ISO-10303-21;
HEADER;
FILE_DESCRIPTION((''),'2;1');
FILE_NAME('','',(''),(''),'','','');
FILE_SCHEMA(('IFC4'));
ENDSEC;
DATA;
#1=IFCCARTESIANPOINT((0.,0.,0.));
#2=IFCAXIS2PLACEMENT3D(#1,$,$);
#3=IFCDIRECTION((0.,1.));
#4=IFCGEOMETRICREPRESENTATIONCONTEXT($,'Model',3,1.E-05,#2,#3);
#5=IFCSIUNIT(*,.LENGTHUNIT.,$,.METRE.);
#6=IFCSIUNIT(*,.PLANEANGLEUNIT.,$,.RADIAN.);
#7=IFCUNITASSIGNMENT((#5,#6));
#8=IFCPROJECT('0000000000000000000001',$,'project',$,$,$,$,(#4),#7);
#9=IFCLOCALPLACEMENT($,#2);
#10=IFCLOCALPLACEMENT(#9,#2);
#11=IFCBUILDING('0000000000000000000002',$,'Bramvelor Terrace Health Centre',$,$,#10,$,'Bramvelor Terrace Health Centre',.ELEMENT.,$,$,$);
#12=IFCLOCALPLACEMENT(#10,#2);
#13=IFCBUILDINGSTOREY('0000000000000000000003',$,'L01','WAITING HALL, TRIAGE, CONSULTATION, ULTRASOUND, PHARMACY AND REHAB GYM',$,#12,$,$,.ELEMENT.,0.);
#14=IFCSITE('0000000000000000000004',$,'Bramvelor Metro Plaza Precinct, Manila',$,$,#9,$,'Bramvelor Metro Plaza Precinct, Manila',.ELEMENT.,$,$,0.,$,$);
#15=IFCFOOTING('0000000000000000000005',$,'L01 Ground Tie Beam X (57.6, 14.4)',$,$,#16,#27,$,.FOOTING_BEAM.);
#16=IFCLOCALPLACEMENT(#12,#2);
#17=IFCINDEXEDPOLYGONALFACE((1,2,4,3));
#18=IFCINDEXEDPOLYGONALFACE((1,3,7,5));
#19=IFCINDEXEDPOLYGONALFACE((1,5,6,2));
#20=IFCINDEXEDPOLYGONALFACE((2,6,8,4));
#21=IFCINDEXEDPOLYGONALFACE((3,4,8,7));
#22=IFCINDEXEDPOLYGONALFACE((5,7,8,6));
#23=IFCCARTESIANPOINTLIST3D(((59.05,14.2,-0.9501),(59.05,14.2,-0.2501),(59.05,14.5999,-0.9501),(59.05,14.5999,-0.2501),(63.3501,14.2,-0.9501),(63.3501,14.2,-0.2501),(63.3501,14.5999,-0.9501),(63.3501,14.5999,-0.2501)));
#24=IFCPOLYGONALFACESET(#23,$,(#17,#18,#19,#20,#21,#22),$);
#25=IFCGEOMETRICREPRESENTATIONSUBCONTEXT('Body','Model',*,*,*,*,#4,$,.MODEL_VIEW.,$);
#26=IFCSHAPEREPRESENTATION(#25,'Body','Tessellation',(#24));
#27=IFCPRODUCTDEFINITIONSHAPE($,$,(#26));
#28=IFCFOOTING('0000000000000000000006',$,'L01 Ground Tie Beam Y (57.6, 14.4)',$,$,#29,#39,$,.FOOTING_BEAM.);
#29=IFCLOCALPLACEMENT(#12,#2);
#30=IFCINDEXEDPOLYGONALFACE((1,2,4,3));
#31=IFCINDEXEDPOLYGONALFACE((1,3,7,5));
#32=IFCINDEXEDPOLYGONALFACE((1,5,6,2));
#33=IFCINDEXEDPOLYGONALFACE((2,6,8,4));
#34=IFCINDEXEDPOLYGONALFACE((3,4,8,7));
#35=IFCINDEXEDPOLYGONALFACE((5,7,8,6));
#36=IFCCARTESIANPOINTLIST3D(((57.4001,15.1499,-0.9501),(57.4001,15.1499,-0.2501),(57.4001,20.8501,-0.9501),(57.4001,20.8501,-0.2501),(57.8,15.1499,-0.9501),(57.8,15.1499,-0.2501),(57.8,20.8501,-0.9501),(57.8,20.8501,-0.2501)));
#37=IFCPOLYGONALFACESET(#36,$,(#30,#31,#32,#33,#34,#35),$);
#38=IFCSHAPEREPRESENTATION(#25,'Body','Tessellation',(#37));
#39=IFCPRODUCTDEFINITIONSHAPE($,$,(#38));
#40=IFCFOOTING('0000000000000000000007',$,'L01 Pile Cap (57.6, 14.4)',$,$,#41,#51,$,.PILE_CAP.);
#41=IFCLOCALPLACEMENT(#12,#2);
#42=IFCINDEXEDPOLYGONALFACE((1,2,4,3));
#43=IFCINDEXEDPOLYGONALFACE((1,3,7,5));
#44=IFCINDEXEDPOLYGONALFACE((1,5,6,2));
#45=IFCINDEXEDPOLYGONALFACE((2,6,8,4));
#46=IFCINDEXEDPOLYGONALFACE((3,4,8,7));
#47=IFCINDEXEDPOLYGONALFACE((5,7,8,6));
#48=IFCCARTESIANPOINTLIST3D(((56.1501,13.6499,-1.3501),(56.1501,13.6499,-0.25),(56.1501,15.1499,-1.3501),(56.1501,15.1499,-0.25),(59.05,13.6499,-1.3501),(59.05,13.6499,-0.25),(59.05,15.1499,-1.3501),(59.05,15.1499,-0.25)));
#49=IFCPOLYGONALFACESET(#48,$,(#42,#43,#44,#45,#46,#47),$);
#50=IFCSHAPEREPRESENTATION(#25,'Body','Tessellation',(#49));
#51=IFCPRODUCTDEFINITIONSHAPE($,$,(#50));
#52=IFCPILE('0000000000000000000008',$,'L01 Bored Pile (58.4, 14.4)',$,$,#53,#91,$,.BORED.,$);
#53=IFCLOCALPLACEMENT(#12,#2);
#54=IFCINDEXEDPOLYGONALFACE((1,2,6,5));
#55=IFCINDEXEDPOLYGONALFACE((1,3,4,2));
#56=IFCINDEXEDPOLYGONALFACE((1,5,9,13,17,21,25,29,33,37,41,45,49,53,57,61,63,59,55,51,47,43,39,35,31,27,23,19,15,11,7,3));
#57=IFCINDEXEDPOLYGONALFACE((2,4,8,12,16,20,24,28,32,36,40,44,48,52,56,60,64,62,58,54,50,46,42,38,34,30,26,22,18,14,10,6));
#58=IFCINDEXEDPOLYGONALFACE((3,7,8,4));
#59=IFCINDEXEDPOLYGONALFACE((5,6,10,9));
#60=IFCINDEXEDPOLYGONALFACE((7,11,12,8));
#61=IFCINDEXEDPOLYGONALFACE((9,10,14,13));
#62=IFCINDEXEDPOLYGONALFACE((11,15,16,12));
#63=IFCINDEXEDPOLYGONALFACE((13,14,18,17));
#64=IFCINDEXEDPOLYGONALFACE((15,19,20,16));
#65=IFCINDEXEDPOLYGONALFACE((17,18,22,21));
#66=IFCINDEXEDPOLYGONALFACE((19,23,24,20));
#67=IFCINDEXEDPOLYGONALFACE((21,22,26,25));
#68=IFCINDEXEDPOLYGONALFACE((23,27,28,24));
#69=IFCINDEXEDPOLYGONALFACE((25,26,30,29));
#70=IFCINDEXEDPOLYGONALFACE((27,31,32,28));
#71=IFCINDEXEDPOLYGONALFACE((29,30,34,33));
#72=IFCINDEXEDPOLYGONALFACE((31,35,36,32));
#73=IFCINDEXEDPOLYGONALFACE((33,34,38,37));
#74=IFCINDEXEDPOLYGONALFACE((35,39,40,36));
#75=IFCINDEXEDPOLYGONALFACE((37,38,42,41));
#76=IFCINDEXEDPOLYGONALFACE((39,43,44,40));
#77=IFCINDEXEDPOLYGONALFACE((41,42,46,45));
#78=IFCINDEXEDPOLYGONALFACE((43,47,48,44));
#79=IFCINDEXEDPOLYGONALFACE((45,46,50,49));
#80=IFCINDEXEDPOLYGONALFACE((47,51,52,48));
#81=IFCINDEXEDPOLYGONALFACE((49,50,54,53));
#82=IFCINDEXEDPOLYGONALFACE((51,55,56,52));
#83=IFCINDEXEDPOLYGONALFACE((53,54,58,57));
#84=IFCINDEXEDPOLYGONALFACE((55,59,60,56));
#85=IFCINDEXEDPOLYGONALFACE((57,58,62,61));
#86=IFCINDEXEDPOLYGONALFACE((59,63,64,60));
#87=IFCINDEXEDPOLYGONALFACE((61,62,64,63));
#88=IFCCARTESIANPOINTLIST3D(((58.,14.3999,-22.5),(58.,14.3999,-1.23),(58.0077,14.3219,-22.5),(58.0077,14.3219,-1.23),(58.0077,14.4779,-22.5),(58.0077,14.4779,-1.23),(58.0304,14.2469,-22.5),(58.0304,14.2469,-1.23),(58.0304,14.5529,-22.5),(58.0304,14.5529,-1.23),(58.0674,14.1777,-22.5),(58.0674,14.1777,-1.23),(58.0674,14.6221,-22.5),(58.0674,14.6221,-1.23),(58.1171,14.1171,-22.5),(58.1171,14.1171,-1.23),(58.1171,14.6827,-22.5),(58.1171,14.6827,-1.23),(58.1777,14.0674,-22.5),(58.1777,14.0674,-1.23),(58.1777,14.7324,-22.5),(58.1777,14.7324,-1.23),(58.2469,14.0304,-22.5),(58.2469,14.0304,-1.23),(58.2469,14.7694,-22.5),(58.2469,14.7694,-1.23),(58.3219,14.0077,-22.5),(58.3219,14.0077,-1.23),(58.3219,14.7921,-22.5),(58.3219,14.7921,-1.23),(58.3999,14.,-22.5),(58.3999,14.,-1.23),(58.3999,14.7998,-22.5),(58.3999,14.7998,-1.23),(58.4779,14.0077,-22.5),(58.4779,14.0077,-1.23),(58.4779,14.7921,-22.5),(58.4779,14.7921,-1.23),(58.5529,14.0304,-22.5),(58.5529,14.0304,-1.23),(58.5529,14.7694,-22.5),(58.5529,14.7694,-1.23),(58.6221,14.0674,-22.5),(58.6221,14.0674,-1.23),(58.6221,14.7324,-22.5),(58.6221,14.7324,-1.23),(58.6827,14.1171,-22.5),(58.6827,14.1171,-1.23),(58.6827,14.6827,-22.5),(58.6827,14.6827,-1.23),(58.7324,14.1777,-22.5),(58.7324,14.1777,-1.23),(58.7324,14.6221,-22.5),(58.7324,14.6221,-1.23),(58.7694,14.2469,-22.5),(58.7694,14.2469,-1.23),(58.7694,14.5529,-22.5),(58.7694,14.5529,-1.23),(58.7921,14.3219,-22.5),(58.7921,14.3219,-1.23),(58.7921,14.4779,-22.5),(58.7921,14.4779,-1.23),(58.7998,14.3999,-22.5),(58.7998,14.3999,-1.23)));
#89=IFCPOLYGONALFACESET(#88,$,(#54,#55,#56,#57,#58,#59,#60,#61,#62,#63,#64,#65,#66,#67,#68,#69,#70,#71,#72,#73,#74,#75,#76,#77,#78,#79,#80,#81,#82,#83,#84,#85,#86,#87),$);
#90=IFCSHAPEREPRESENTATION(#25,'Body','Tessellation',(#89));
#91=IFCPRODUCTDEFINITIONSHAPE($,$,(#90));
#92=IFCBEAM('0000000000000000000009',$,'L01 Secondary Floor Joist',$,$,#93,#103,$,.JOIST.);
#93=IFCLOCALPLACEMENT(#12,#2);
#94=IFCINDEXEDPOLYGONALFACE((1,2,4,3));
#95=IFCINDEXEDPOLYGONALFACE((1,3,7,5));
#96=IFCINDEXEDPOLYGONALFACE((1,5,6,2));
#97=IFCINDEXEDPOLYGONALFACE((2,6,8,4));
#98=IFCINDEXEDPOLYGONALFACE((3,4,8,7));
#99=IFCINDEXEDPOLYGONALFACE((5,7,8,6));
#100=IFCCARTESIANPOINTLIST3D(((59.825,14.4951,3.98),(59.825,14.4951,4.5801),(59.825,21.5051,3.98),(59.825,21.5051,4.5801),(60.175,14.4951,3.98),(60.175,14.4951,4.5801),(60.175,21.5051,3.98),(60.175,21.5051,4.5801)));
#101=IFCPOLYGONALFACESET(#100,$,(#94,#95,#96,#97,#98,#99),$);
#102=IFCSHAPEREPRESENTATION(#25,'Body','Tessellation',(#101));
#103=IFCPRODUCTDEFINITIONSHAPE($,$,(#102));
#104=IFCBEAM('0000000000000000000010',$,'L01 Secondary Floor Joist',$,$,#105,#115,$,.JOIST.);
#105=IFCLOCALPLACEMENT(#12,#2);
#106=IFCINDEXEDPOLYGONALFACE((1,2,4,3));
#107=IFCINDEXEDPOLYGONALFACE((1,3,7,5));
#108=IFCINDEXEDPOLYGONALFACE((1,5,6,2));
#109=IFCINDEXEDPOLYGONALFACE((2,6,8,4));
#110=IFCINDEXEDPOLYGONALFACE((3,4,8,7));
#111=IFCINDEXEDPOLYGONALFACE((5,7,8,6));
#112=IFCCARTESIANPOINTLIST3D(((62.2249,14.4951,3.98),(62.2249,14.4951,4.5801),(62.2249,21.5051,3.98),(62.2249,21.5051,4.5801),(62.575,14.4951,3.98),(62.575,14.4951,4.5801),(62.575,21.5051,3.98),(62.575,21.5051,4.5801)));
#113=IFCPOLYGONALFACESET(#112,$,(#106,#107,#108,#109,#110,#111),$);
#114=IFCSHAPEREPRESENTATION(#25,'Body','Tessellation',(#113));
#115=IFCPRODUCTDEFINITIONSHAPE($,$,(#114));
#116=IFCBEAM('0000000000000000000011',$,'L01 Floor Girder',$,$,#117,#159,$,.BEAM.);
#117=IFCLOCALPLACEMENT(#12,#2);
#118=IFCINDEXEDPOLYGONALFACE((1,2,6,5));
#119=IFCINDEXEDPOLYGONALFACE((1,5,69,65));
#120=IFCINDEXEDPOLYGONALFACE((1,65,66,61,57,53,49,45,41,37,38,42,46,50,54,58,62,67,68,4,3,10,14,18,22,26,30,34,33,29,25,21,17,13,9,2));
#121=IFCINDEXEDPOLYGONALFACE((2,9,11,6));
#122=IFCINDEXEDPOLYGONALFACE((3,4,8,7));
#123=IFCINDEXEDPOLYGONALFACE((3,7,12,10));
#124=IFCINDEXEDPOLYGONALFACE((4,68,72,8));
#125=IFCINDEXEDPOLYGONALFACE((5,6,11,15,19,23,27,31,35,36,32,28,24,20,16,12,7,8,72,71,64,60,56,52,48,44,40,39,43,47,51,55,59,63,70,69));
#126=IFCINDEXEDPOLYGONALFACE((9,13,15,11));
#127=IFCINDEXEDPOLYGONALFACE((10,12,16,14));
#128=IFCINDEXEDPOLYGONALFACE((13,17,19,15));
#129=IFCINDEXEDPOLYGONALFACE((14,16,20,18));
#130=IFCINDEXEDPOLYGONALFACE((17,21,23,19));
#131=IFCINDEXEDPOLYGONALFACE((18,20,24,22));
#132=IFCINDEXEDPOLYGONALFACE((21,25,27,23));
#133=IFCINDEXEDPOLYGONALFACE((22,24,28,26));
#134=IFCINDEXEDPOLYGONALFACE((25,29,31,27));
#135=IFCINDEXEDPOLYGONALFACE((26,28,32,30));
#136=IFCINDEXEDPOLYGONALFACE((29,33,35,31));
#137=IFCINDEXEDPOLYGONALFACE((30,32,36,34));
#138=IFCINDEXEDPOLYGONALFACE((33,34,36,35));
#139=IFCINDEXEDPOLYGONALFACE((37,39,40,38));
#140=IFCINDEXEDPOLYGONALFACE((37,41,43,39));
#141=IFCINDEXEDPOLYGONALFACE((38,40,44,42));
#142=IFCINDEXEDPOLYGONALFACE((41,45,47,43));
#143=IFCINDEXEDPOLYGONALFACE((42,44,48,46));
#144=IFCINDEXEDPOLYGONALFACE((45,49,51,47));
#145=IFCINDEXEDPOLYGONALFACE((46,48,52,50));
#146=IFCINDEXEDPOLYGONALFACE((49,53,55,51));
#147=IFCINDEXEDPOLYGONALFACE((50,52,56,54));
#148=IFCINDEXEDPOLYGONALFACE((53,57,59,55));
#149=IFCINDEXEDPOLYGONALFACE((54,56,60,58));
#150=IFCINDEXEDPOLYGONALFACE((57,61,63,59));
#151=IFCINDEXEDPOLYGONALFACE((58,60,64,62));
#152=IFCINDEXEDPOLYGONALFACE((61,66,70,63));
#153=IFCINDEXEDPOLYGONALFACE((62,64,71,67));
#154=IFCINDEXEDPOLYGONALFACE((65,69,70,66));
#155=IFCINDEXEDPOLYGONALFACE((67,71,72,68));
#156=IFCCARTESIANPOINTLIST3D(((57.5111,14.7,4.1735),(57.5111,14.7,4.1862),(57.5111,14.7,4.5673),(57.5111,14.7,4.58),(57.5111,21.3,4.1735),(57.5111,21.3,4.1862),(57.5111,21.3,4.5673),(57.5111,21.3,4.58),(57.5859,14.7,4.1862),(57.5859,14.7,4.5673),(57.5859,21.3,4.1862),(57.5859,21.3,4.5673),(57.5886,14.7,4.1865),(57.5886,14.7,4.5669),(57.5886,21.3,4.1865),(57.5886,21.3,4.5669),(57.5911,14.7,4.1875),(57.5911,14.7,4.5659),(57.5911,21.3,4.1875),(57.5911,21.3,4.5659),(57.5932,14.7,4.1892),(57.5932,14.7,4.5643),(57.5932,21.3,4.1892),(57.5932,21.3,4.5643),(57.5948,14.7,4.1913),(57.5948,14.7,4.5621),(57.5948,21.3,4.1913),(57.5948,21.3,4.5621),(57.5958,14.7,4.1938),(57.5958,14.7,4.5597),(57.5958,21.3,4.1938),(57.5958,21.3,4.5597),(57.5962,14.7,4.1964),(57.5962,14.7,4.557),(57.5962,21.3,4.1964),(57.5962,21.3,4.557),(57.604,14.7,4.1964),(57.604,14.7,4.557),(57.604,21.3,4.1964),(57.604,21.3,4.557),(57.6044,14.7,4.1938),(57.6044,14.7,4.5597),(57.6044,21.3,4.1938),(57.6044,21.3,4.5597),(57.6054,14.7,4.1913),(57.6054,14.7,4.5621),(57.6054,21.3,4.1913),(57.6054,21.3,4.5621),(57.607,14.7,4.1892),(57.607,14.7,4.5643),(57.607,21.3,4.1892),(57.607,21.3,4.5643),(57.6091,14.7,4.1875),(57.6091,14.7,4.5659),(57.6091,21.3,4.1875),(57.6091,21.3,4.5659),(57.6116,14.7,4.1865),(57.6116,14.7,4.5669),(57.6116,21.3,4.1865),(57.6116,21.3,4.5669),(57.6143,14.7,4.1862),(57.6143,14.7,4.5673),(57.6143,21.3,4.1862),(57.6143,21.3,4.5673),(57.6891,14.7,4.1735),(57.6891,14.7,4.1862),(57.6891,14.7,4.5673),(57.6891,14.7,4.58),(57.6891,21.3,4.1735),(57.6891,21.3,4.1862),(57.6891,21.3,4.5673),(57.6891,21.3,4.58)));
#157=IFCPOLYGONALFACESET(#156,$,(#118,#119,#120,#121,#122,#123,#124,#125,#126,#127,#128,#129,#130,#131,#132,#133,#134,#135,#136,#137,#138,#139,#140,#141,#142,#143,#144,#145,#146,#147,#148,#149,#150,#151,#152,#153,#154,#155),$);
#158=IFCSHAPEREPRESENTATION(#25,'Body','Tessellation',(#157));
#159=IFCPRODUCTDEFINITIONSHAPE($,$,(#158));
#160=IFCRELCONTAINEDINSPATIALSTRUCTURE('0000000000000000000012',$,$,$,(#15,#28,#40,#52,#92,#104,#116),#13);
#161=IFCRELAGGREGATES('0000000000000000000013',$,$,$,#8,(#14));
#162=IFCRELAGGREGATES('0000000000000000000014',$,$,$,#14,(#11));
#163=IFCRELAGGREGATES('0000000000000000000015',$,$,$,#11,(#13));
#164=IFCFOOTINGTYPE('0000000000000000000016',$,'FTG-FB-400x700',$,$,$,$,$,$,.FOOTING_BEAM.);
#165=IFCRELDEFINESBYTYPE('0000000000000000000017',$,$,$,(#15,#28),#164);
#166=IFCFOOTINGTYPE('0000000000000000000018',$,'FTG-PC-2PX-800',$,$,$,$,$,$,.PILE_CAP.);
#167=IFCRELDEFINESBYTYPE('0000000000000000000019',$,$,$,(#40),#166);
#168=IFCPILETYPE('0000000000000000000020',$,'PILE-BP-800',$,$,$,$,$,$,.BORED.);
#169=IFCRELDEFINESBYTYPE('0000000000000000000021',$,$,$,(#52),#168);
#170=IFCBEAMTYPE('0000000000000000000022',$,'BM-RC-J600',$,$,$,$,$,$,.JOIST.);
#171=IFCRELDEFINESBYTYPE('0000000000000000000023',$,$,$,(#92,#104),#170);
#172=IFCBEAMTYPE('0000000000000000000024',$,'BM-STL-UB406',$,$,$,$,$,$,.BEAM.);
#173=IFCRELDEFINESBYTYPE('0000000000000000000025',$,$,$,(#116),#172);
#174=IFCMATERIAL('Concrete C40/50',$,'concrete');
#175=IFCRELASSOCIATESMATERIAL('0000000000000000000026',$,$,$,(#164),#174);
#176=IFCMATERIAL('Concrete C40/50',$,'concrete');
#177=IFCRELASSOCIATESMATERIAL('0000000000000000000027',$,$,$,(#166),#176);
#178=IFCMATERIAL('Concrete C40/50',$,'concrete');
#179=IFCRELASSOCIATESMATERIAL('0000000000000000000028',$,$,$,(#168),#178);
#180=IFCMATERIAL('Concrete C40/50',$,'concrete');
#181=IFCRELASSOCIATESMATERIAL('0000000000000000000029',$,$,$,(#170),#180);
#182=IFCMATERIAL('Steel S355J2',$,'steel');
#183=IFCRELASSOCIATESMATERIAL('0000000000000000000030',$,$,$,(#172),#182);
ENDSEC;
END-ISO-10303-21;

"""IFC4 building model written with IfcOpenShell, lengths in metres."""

from ifc_helpers import new_model, si_unit, direction, frame, origin, origin_2d, place, context, subcontext, project, spatial, rectangle, circle, i_section, extrude, material, material_profile, profile_set, type_object, element, save


model = new_model("IFC4")

# Units and contexts
model_context = context("Model", 3, precision=1e-05, world=origin(), true_north=direction((0.0, 1.0)))
body_context = subcontext(model_context, "Body", "Model", "MODEL_VIEW")
ifc_project = project(units=[si_unit("LENGTHUNIT", "METRE"), si_unit("PLANEANGLEUNIT", "RADIAN")], contexts=[model_context])

# Site, building, storey
site_placement = place(None, origin())
site = spatial("IfcSite", under=ifc_project, at=site_placement, Name="Bramvelor Metro Plaza Precinct, Manila", LongName="Bramvelor Metro Plaza Precinct, Manila", CompositionType="ELEMENT", RefElevation=0.0)
building_placement = place(site_placement, origin())
building = spatial("IfcBuilding", under=site, at=building_placement, Name="Bramvelor Terrace Health Centre", LongName="Bramvelor Terrace Health Centre", CompositionType="ELEMENT")
storey_placement = place(building_placement, origin())
storey = spatial("IfcBuildingStorey", under=building, at=storey_placement, Name="L01", Description="WAITING HALL, TRIAGE, CONSULTATION, ULTRASOUND, PHARMACY AND REHAB GYM", CompositionType="ELEMENT", Elevation=0.0)

# Footings
ifc_material_1 = material(Name="Concrete C40/50", Category="concrete")
ifc_material_profile_1 = material_profile(ifc_material_1, rectangle(XDim=0.3999, YDim=0.7, at=origin_2d()), Name="RC 400x700")
ifc_profile_set_1 = profile_set([ifc_material_profile_1], Name="Concrete C40/50")
footing_type_1 = type_object("IfcFootingType", Name="FTG-FB-400x700", PredefinedType="FOOTING_BEAM", material=ifc_profile_set_1)
footing_1_placement = place(storey_placement, frame((59.05, 14.3999, -0.6001), z_axis=(1.0, 0.0, 0.0), x_axis=(0.0, 1.0, 0.0)))
element("IfcFooting", 1, at=footing_1_placement, inside=storey, type_object=footing_type_1, Name="L01 Ground Tie Beam X (57.6, 14.4)", PredefinedType="FOOTING_BEAM", context=body_context, shape_type="SweptSolid", body=[
    extrude(rectangle(XDim=0.3999, YDim=0.7, at=origin_2d()), origin(), (0.0, 0.0, 1.0), 4.3),
])
footing_2_placement = place(storey_placement, frame((57.6001, 15.1499, -0.6001), z_axis=(0.0, 1.0, 0.0), x_axis=(-1.0, 0.0, 0.0)))
element("IfcFooting", 2, at=footing_2_placement, inside=storey, type_object=footing_type_1, Name="L01 Ground Tie Beam Y (57.6, 14.4)", PredefinedType="FOOTING_BEAM", context=body_context, shape_type="SweptSolid", body=[
    extrude(rectangle(XDim=0.3999, YDim=0.7, at=origin_2d()), origin(), (0.0, 0.0, 1.0), 5.7002),
])
ifc_material_2 = material(Name="Concrete C40/50", Category="concrete")
footing_type_2 = type_object("IfcFootingType", Name="FTG-PC-2PX-800", PredefinedType="PILE_CAP", material=ifc_material_2)
footing_3_placement = place(storey_placement, frame((57.6001, 14.3999, -1.3501), z_axis=(0.0, 0.0, 1.0), x_axis=(1.0, 0.0, 0.0)))
element("IfcFooting", 3, at=footing_3_placement, inside=storey, type_object=footing_type_2, Name="L01 Pile Cap (57.6, 14.4)", PredefinedType="PILE_CAP", context=body_context, shape_type="SweptSolid", body=[
    extrude(rectangle(XDim=2.8999, YDim=1.5, at=origin_2d()), origin(), (0.0, 0.0, 1.0), 1.1001),
])

# Pile
ifc_material_3 = material(Name="Concrete C40/50", Category="concrete")
ifc_material_profile_2 = material_profile(ifc_material_3, circle(Radius=0.3999, at=origin_2d()), Name="BP D800")
ifc_profile_set_2 = profile_set([ifc_material_profile_2], Name="Concrete C40/50")
pile_type = type_object("IfcPileType", Name="PILE-BP-800", PredefinedType="BORED", material=ifc_profile_set_2)
pile_placement = place(storey_placement, frame((58.3999, 14.3999, -1.23), z_axis=(0.0, 0.0, -1.0), x_axis=(1.0, 0.0, 0.0)))
element("IfcPile", 4, at=pile_placement, inside=storey, type_object=pile_type, Name="L01 Bored Pile (58.4, 14.4)", PredefinedType="BORED", context=body_context, shape_type="SweptSolid", body=[
    extrude(circle(Radius=0.3999, at=origin_2d()), origin(), (0.0, 0.0, 1.0), 21.27),
])

# Beams
ifc_material_4 = material(Name="Concrete C40/50", Category="concrete")
ifc_material_profile_3 = material_profile(ifc_material_4, rectangle(XDim=0.3501, YDim=0.6001, at=origin_2d()), Name="RC 350x600")
ifc_profile_set_3 = profile_set([ifc_material_profile_3], Name="Concrete C40/50")
beam_type_1 = type_object("IfcBeamType", Name="BM-RC-J600", PredefinedType="JOIST", material=ifc_profile_set_3)
for number, where, z_axis, x_axis, name in (
    (5, (60.0, 14.4951, 4.28), (0.0, 1.0, 0.0), (-1.0, 0.0, 0.0), "L01 Secondary Floor Joist"),
    (6, (62.3999, 14.4951, 4.28), (0.0, 1.0, 0.0), (-1.0, 0.0, 0.0), "L01 Secondary Floor Joist"),
):
    element("IfcBeam", number, at=place(storey_placement, frame(where, z_axis=z_axis, x_axis=x_axis)), inside=storey, type_object=beam_type_1, Name=name, PredefinedType="JOIST", context=body_context, shape_type="SweptSolid", body=[
        extrude(rectangle(XDim=0.3501, YDim=0.6001, at=origin_2d()), origin(), (0.0, 0.0, 1.0), 7.01),
    ])
ifc_material_5 = material(Name="Steel S355J2", Category="steel")
ifc_material_profile_4 = material_profile(ifc_material_5, i_section(OverallWidth=0.178, OverallDepth=0.4065, WebThickness=0.0078, FlangeThickness=0.0127, FilletRadius=0.0103, at=origin_2d()), Name="UB 406x178x60")
ifc_profile_set_4 = profile_set([ifc_material_profile_4], Name="Steel S355J2")
beam_type_2 = type_object("IfcBeamType", Name="BM-STL-UB406", PredefinedType="BEAM", material=ifc_profile_set_4)
beam_1_placement = place(storey_placement, frame((57.6001, 14.7, 4.3767), z_axis=(0.0, 1.0, 0.0), x_axis=(-1.0, 0.0, 0.0)))
element("IfcBeam", 7, at=beam_1_placement, inside=storey, type_object=beam_type_2, Name="L01 Floor Girder", PredefinedType="BEAM", context=body_context, shape_type="SweptSolid", body=[
    extrude(i_section(OverallWidth=0.178, OverallDepth=0.4065, WebThickness=0.0078, FlangeThickness=0.0127, FilletRadius=0.0103, at=origin_2d()), origin(), (0.0, 0.0, 1.0), 6.6001),
])

save(model, "model.ifc")
